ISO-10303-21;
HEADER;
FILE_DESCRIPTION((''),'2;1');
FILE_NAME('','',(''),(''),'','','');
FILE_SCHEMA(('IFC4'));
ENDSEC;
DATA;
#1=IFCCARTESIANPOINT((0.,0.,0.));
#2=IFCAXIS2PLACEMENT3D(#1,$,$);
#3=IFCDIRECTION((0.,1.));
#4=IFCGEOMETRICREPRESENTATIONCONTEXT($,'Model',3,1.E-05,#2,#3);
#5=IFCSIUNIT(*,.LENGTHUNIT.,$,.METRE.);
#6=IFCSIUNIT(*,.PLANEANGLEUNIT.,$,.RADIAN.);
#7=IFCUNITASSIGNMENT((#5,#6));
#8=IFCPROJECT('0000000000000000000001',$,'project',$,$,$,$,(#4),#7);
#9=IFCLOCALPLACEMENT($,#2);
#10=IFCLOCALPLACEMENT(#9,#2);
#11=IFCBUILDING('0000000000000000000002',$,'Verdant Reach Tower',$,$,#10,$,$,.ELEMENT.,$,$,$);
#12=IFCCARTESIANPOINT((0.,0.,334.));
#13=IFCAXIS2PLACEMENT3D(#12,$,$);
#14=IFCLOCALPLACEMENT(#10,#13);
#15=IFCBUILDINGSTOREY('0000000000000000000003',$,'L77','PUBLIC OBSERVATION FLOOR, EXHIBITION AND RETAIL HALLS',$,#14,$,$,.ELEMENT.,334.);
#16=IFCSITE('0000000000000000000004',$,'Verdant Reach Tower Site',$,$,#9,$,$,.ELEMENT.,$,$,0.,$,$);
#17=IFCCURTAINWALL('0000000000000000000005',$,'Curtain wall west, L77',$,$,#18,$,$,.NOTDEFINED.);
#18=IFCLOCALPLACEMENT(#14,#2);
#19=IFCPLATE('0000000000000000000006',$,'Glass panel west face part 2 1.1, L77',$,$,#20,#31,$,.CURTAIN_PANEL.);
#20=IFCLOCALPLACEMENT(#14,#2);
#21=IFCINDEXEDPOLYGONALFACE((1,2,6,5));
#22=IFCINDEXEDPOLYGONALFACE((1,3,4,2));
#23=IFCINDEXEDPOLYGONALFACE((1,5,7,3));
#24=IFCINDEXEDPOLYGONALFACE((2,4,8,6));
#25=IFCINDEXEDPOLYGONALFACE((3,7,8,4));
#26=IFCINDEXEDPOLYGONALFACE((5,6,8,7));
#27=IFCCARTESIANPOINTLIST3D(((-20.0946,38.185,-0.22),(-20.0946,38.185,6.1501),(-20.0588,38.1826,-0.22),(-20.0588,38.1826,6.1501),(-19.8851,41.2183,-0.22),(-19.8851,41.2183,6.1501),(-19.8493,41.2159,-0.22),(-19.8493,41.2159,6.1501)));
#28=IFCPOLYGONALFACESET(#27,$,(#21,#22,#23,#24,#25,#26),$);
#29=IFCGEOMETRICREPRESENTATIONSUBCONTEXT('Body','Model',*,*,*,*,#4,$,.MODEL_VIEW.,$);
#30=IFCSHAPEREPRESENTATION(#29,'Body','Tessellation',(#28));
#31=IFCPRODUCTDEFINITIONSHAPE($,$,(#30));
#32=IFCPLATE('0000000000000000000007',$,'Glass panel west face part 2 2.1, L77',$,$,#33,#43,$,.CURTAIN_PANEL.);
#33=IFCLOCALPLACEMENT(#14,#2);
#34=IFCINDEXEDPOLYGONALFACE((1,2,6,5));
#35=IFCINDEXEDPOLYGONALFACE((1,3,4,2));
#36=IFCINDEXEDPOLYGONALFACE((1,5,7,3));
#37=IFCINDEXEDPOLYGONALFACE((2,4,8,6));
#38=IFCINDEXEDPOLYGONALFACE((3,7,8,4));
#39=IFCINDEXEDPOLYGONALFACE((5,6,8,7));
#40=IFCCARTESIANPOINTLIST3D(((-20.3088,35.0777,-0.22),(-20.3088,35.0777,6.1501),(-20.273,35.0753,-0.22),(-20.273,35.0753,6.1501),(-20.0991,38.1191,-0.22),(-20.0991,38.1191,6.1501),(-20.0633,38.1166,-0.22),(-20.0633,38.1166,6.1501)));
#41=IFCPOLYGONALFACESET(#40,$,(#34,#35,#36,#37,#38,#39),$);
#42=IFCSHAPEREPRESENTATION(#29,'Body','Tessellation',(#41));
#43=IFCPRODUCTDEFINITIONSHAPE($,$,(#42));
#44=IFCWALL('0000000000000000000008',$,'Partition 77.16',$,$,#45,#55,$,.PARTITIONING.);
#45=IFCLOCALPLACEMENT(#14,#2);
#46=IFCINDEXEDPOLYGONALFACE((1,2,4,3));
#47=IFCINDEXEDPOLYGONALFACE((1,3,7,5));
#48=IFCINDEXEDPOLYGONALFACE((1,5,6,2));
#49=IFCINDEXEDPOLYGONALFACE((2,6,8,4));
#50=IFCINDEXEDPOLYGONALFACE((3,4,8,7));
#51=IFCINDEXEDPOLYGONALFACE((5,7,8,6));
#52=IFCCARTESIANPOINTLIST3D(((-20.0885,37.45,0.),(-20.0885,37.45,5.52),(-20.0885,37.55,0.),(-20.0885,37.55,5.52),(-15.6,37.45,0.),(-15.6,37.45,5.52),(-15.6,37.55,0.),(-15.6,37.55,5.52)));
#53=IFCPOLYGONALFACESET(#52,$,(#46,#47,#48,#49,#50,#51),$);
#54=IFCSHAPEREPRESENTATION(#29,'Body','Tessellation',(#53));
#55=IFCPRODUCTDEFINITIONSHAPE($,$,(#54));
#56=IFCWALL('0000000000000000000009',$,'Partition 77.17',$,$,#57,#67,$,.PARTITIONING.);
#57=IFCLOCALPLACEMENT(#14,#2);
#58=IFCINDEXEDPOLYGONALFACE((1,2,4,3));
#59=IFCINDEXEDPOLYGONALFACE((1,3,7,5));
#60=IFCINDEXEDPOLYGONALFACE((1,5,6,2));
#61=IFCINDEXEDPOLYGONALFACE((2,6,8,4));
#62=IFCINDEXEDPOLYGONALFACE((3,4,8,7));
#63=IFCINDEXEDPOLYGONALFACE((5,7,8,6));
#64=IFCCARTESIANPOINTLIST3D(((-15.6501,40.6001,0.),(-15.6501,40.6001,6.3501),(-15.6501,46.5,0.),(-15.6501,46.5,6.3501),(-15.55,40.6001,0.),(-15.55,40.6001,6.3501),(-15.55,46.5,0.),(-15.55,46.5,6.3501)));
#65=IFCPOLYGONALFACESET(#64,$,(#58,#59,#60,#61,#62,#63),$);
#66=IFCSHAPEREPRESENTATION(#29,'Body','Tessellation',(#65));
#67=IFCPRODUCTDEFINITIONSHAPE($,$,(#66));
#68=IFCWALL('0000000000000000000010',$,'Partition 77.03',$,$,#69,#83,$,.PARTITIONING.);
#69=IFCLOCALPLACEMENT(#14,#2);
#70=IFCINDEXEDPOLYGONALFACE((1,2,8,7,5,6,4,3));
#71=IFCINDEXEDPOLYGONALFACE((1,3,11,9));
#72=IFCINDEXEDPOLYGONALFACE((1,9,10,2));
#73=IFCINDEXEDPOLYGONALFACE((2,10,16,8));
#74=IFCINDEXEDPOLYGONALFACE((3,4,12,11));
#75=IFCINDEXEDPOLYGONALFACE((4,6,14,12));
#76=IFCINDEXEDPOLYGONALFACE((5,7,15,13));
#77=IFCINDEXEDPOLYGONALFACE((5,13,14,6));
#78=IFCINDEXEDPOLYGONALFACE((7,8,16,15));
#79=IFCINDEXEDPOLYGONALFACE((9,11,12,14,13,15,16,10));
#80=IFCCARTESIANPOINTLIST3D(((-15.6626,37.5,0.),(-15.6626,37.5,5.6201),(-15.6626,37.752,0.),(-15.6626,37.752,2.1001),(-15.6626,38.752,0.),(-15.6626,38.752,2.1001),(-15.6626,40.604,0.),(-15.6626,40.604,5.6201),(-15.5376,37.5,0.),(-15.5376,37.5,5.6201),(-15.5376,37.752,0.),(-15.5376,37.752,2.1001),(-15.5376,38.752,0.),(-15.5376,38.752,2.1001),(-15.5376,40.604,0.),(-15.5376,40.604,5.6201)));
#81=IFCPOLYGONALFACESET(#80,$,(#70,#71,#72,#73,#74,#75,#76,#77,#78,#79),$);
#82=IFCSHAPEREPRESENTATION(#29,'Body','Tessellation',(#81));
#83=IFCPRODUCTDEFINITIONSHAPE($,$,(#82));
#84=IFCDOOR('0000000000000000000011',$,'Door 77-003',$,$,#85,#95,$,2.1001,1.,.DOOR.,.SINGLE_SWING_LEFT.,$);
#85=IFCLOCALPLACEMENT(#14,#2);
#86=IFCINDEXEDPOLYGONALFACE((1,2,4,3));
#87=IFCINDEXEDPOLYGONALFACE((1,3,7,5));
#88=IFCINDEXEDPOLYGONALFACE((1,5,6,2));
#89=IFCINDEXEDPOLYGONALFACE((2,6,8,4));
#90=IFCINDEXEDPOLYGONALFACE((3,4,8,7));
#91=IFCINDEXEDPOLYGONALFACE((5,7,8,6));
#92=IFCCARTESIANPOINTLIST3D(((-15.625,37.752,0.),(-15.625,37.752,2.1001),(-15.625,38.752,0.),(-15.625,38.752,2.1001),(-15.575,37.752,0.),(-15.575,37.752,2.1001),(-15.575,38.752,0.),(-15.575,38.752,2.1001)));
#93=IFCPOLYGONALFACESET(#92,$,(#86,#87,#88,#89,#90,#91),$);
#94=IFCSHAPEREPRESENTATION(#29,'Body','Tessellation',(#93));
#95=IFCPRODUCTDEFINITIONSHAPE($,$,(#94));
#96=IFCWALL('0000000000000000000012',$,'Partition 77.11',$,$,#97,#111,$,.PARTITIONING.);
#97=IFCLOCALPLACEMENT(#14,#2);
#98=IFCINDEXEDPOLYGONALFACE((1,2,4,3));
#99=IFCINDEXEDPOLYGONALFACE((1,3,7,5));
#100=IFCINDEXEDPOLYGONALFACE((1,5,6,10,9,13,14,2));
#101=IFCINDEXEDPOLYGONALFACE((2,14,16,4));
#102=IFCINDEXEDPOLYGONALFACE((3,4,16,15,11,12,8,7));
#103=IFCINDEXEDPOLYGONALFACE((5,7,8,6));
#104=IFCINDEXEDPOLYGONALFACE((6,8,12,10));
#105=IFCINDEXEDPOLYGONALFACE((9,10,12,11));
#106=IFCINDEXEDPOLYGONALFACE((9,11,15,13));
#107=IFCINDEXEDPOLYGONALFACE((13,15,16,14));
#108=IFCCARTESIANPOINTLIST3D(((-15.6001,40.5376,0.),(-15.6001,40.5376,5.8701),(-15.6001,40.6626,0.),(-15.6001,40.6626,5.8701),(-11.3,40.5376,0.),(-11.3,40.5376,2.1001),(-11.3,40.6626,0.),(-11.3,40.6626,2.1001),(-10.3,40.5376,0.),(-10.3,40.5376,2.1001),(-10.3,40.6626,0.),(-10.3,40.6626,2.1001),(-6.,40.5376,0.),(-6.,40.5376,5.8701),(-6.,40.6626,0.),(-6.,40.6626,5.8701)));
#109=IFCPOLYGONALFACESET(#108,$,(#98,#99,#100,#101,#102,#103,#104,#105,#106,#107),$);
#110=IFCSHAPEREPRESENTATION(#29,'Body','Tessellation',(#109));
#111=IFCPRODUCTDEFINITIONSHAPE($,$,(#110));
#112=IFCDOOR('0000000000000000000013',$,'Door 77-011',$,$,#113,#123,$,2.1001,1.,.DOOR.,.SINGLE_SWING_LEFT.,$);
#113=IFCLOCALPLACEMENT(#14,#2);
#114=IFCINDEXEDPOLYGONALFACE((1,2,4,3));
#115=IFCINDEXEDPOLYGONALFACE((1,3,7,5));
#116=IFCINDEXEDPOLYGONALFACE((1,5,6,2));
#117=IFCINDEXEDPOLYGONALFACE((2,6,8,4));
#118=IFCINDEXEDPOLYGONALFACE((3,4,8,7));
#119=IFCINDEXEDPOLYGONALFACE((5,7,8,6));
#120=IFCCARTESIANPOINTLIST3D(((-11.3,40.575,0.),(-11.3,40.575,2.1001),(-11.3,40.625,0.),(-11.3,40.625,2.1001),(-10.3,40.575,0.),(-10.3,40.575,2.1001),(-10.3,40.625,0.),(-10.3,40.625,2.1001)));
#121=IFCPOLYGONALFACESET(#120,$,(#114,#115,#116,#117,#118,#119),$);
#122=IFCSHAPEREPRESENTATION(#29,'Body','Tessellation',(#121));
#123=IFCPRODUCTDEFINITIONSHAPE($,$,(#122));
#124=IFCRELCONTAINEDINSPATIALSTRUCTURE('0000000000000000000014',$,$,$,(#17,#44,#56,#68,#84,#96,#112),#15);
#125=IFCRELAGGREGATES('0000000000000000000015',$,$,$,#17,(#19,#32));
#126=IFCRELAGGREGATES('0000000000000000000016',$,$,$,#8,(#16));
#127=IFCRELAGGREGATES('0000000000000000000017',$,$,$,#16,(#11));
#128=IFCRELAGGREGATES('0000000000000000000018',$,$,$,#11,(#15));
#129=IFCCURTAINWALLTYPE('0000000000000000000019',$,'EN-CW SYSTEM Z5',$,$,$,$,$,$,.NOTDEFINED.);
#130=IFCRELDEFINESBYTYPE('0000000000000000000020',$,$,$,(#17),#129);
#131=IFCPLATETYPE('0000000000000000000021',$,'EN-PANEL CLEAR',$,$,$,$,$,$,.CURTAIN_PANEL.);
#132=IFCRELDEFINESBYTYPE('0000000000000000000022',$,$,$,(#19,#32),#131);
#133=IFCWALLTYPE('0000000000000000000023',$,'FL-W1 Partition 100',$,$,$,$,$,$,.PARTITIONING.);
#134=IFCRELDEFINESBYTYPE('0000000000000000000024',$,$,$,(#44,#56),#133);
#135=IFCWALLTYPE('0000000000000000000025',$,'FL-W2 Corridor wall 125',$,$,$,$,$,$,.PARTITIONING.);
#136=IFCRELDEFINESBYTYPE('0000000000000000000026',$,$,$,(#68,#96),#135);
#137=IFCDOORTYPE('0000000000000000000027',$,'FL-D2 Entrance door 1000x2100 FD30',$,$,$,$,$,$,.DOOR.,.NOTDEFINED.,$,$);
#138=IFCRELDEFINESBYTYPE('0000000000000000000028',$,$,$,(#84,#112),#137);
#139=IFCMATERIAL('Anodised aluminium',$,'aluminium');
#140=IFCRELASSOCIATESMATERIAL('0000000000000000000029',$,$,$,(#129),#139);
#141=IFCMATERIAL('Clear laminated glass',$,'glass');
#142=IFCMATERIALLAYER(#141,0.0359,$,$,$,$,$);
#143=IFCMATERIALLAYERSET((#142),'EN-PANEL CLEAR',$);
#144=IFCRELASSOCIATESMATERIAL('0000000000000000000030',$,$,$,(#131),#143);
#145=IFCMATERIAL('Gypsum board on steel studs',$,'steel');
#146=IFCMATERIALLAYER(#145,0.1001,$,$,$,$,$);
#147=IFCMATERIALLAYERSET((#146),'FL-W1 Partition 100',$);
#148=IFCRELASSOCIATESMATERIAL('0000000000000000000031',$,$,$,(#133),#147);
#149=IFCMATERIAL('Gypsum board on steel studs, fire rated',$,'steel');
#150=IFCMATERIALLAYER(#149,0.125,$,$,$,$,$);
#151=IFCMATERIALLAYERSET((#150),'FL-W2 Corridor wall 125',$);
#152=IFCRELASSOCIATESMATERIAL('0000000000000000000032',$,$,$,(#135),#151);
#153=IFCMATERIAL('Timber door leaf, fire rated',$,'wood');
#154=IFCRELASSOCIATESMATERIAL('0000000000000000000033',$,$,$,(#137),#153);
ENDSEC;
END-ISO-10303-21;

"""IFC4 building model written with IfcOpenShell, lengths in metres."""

from ifc_helpers import new_model, si_unit, direction, frame, frame_2d, origin, origin_2d, place, context, subcontext, project, spatial, rectangle, extrude, material, layer, layer_set, type_object, element, fill, aggregate, save


model = new_model("IFC4")

# Units and contexts
model_context = context("Model", 3, precision=1e-05, world=origin(), true_north=direction((0.0, 1.0)))
body_context = subcontext(model_context, "Body", "Model", "MODEL_VIEW")
ifc_project = project(units=[si_unit("LENGTHUNIT", "METRE"), si_unit("PLANEANGLEUNIT", "RADIAN")], contexts=[model_context])

# Site, building, storey
site_placement = place(None, origin())
site = spatial("IfcSite", under=ifc_project, at=site_placement, Name="Verdant Reach Tower Site", CompositionType="ELEMENT", RefElevation=0.0)
building_placement = place(site_placement, origin())
building = spatial("IfcBuilding", under=site, at=building_placement, Name="Verdant Reach Tower", CompositionType="ELEMENT")
storey_placement = place(building_placement, frame((0.0, 0.0, 334.0)))
storey = spatial("IfcBuildingStorey", under=building, at=storey_placement, Name="L77", Description="PUBLIC OBSERVATION FLOOR, EXHIBITION AND RETAIL HALLS", CompositionType="ELEMENT", Elevation=334.0)

# Curtain wall
ifc_material_1 = material(Name="Anodised aluminium", Category="aluminium")
curtain_wall_type = type_object("IfcCurtainWallType", Name="EN-CW SYSTEM Z5", PredefinedType="NOTDEFINED", material=ifc_material_1)
curtain_wall_placement = place(storey_placement, origin())
curtain_wall = element("IfcCurtainWall", 1, at=curtain_wall_placement, inside=storey, type_object=curtain_wall_type, Name="Curtain wall west, L77", PredefinedType="NOTDEFINED")

# Plates
ifc_material_2 = material(Name="Clear laminated glass", Category="glass")
ifc_layer_1 = layer(ifc_material_2, 0.0359)
ifc_layer_set_1 = layer_set([ifc_layer_1], Name="EN-PANEL CLEAR")
plate_type = type_object("IfcPlateType", Name="EN-PANEL CLEAR", PredefinedType="CURTAIN_PANEL", material=ifc_layer_set_1)
plate_1_placement = place(storey_placement, frame((-19.9719, 39.7004, -0.22), z_axis=(0.0, 0.0, 1.0), x_axis=(-0.06889, -0.997624, 0.0)))
plate_1 = element("IfcPlate", 2, at=plate_1_placement, type_object=plate_type, Name="Glass panel west face part 2 1.1, L77", PredefinedType="CURTAIN_PANEL", context=body_context, shape_type="SweptSolid", body=[
    extrude(rectangle(XDim=3.0405, YDim=0.0359, at=origin_2d()), origin(), (0.0, 0.0, 1.0), 6.3701),
])
plate_2_placement = place(storey_placement, frame((-20.186, 36.5972, -0.22), z_axis=(0.0, 0.0, 1.0), x_axis=(-0.068802, -0.99763, 0.0)))
plate_2 = element("IfcPlate", 3, at=plate_2_placement, type_object=plate_type, Name="Glass panel west face part 2 2.1, L77", PredefinedType="CURTAIN_PANEL", context=body_context, shape_type="SweptSolid", body=[
    extrude(rectangle(XDim=3.0486, YDim=0.0359, at=origin_2d()), origin(), (0.0, 0.0, 1.0), 6.3701),
])
aggregate(curtain_wall, [plate_1, plate_2])

# Walls
ifc_material_3 = material(Name="Gypsum board on steel studs", Category="steel")
ifc_layer_2 = layer(ifc_material_3, 0.1001)
ifc_layer_set_2 = layer_set([ifc_layer_2], Name="FL-W1 Partition 100")
wall_type_1 = type_object("IfcWallType", Name="FL-W1 Partition 100", PredefinedType="PARTITIONING", material=ifc_layer_set_2)
wall_1_placement = place(storey_placement, frame((-15.6001, 37.5, 0.0), z_axis=(0.0, 0.0, 1.0), x_axis=(-1.0, 0.0, 0.0)))
element("IfcWall", 4, at=wall_1_placement, inside=storey, type_object=wall_type_1, Name="Partition 77.16", PredefinedType="PARTITIONING", context=body_context, shape_type="SweptSolid", body=[
    extrude(rectangle(XDim=4.4885, YDim=0.1001, at=frame_2d((2.2441, 0.0))), origin(), (0.0, 0.0, 1.0), 5.52),
])
wall_2_placement = place(storey_placement, frame((-15.6001, 40.6001, 0.0), z_axis=(0.0, 0.0, 1.0), x_axis=(0.0, 1.0, 0.0)))
element("IfcWall", 5, at=wall_2_placement, inside=storey, type_object=wall_type_1, Name="Partition 77.17", PredefinedType="PARTITIONING", context=body_context, shape_type="SweptSolid", body=[
    extrude(rectangle(XDim=5.8999, YDim=0.1001, at=frame_2d((2.95, 0.0))), origin(), (0.0, 0.0, 1.0), 6.3501),
])

# Walls, openings, doors
ifc_material_4 = material(Name="Gypsum board on steel studs, fire rated", Category="steel")
ifc_layer_3 = layer(ifc_material_4, 0.125)
ifc_layer_set_3 = layer_set([ifc_layer_3], Name="FL-W2 Corridor wall 125")
wall_type_2 = type_object("IfcWallType", Name="FL-W2 Corridor wall 125", PredefinedType="PARTITIONING", material=ifc_layer_set_3)
wall_3_placement = place(storey_placement, frame((-15.6001, 37.5, 0.0), z_axis=(0.0, 0.0, 1.0), x_axis=(0.0, 1.0, 0.0)))
wall_3 = element("IfcWall", 6, at=wall_3_placement, inside=storey, type_object=wall_type_2, Name="Partition 77.03", PredefinedType="PARTITIONING", context=body_context, shape_type="SweptSolid", body=[
    extrude(rectangle(XDim=3.104, YDim=0.125, at=frame_2d((1.552, 0.0))), origin(), (0.0, 0.0, 1.0), 5.6201),
])
opening_1_placement = place(wall_3_placement, frame((0.252, 0.0, 0.0)))
opening_1 = element("IfcOpeningElement", 7, at=opening_1_placement, cuts=wall_3, PredefinedType="OPENING", context=body_context, shape_type="SweptSolid", body=[
    extrude(rectangle(XDim=1.0, YDim=2.1001, at=frame_2d((0.5, 1.05))), frame((0.0, 0.0725, 0.0), z_axis=(0.0, -1.0, 0.0), x_axis=(1.0, 0.0, 0.0)), (0.0, 0.0, 1.0), 0.145),
])
ifc_material_5 = material(Name="Timber door leaf, fire rated", Category="wood")
door_type = type_object("IfcDoorType", Name="FL-D2 Entrance door 1000x2100 FD30", OperationType="NOTDEFINED", PredefinedType="DOOR", material=ifc_material_5)
door_1_placement = place(opening_1_placement, origin())
door_1 = element("IfcDoor", 8, at=door_1_placement, inside=storey, type_object=door_type, Name="Door 77-003", OperationType="SINGLE_SWING_LEFT", OverallHeight=2.1001, OverallWidth=1.0, PredefinedType="DOOR", context=body_context, shape_type="SweptSolid", body=[
    extrude(rectangle(XDim=1.0, YDim=2.1001, at=frame_2d((0.5, 1.05))), frame((0.0, 0.0249, 0.0), z_axis=(0.0, -1.0, 0.0), x_axis=(1.0, 0.0, 0.0)), (0.0, 0.0, 1.0), 0.05),
])
fill(opening_1, door_1)
wall_4_placement = place(storey_placement, frame((-15.6001, 40.6001, 0.0), z_axis=(0.0, 0.0, 1.0), x_axis=(1.0, 0.0, 0.0)))
wall_4 = element("IfcWall", 9, at=wall_4_placement, inside=storey, type_object=wall_type_2, Name="Partition 77.11", PredefinedType="PARTITIONING", context=body_context, shape_type="SweptSolid", body=[
    extrude(rectangle(XDim=9.6001, YDim=0.125, at=frame_2d((4.8, 0.0))), origin(), (0.0, 0.0, 1.0), 5.8701),
])
opening_2_placement = place(wall_4_placement, frame((4.3, 0.0, 0.0)))
opening_2 = element("IfcOpeningElement", 10, at=opening_2_placement, cuts=wall_4, PredefinedType="OPENING", context=body_context, shape_type="SweptSolid", body=[
    extrude(rectangle(XDim=1.0, YDim=2.1001, at=frame_2d((0.5, 1.05))), frame((0.0, 0.0725, 0.0), z_axis=(0.0, -1.0, 0.0), x_axis=(1.0, 0.0, 0.0)), (0.0, 0.0, 1.0), 0.145),
])
door_2_placement = place(opening_2_placement, origin())
door_2 = element("IfcDoor", 11, at=door_2_placement, inside=storey, type_object=door_type, Name="Door 77-011", OperationType="SINGLE_SWING_LEFT", OverallHeight=2.1001, OverallWidth=1.0, PredefinedType="DOOR", context=body_context, shape_type="SweptSolid", body=[
    extrude(rectangle(XDim=1.0, YDim=2.1001, at=frame_2d((0.5, 1.05))), frame((0.0, 0.0249, 0.0), z_axis=(0.0, -1.0, 0.0), x_axis=(1.0, 0.0, 0.0)), (0.0, 0.0, 1.0), 0.05),
])
fill(opening_2, door_2)

save(model, "model.ifc")
